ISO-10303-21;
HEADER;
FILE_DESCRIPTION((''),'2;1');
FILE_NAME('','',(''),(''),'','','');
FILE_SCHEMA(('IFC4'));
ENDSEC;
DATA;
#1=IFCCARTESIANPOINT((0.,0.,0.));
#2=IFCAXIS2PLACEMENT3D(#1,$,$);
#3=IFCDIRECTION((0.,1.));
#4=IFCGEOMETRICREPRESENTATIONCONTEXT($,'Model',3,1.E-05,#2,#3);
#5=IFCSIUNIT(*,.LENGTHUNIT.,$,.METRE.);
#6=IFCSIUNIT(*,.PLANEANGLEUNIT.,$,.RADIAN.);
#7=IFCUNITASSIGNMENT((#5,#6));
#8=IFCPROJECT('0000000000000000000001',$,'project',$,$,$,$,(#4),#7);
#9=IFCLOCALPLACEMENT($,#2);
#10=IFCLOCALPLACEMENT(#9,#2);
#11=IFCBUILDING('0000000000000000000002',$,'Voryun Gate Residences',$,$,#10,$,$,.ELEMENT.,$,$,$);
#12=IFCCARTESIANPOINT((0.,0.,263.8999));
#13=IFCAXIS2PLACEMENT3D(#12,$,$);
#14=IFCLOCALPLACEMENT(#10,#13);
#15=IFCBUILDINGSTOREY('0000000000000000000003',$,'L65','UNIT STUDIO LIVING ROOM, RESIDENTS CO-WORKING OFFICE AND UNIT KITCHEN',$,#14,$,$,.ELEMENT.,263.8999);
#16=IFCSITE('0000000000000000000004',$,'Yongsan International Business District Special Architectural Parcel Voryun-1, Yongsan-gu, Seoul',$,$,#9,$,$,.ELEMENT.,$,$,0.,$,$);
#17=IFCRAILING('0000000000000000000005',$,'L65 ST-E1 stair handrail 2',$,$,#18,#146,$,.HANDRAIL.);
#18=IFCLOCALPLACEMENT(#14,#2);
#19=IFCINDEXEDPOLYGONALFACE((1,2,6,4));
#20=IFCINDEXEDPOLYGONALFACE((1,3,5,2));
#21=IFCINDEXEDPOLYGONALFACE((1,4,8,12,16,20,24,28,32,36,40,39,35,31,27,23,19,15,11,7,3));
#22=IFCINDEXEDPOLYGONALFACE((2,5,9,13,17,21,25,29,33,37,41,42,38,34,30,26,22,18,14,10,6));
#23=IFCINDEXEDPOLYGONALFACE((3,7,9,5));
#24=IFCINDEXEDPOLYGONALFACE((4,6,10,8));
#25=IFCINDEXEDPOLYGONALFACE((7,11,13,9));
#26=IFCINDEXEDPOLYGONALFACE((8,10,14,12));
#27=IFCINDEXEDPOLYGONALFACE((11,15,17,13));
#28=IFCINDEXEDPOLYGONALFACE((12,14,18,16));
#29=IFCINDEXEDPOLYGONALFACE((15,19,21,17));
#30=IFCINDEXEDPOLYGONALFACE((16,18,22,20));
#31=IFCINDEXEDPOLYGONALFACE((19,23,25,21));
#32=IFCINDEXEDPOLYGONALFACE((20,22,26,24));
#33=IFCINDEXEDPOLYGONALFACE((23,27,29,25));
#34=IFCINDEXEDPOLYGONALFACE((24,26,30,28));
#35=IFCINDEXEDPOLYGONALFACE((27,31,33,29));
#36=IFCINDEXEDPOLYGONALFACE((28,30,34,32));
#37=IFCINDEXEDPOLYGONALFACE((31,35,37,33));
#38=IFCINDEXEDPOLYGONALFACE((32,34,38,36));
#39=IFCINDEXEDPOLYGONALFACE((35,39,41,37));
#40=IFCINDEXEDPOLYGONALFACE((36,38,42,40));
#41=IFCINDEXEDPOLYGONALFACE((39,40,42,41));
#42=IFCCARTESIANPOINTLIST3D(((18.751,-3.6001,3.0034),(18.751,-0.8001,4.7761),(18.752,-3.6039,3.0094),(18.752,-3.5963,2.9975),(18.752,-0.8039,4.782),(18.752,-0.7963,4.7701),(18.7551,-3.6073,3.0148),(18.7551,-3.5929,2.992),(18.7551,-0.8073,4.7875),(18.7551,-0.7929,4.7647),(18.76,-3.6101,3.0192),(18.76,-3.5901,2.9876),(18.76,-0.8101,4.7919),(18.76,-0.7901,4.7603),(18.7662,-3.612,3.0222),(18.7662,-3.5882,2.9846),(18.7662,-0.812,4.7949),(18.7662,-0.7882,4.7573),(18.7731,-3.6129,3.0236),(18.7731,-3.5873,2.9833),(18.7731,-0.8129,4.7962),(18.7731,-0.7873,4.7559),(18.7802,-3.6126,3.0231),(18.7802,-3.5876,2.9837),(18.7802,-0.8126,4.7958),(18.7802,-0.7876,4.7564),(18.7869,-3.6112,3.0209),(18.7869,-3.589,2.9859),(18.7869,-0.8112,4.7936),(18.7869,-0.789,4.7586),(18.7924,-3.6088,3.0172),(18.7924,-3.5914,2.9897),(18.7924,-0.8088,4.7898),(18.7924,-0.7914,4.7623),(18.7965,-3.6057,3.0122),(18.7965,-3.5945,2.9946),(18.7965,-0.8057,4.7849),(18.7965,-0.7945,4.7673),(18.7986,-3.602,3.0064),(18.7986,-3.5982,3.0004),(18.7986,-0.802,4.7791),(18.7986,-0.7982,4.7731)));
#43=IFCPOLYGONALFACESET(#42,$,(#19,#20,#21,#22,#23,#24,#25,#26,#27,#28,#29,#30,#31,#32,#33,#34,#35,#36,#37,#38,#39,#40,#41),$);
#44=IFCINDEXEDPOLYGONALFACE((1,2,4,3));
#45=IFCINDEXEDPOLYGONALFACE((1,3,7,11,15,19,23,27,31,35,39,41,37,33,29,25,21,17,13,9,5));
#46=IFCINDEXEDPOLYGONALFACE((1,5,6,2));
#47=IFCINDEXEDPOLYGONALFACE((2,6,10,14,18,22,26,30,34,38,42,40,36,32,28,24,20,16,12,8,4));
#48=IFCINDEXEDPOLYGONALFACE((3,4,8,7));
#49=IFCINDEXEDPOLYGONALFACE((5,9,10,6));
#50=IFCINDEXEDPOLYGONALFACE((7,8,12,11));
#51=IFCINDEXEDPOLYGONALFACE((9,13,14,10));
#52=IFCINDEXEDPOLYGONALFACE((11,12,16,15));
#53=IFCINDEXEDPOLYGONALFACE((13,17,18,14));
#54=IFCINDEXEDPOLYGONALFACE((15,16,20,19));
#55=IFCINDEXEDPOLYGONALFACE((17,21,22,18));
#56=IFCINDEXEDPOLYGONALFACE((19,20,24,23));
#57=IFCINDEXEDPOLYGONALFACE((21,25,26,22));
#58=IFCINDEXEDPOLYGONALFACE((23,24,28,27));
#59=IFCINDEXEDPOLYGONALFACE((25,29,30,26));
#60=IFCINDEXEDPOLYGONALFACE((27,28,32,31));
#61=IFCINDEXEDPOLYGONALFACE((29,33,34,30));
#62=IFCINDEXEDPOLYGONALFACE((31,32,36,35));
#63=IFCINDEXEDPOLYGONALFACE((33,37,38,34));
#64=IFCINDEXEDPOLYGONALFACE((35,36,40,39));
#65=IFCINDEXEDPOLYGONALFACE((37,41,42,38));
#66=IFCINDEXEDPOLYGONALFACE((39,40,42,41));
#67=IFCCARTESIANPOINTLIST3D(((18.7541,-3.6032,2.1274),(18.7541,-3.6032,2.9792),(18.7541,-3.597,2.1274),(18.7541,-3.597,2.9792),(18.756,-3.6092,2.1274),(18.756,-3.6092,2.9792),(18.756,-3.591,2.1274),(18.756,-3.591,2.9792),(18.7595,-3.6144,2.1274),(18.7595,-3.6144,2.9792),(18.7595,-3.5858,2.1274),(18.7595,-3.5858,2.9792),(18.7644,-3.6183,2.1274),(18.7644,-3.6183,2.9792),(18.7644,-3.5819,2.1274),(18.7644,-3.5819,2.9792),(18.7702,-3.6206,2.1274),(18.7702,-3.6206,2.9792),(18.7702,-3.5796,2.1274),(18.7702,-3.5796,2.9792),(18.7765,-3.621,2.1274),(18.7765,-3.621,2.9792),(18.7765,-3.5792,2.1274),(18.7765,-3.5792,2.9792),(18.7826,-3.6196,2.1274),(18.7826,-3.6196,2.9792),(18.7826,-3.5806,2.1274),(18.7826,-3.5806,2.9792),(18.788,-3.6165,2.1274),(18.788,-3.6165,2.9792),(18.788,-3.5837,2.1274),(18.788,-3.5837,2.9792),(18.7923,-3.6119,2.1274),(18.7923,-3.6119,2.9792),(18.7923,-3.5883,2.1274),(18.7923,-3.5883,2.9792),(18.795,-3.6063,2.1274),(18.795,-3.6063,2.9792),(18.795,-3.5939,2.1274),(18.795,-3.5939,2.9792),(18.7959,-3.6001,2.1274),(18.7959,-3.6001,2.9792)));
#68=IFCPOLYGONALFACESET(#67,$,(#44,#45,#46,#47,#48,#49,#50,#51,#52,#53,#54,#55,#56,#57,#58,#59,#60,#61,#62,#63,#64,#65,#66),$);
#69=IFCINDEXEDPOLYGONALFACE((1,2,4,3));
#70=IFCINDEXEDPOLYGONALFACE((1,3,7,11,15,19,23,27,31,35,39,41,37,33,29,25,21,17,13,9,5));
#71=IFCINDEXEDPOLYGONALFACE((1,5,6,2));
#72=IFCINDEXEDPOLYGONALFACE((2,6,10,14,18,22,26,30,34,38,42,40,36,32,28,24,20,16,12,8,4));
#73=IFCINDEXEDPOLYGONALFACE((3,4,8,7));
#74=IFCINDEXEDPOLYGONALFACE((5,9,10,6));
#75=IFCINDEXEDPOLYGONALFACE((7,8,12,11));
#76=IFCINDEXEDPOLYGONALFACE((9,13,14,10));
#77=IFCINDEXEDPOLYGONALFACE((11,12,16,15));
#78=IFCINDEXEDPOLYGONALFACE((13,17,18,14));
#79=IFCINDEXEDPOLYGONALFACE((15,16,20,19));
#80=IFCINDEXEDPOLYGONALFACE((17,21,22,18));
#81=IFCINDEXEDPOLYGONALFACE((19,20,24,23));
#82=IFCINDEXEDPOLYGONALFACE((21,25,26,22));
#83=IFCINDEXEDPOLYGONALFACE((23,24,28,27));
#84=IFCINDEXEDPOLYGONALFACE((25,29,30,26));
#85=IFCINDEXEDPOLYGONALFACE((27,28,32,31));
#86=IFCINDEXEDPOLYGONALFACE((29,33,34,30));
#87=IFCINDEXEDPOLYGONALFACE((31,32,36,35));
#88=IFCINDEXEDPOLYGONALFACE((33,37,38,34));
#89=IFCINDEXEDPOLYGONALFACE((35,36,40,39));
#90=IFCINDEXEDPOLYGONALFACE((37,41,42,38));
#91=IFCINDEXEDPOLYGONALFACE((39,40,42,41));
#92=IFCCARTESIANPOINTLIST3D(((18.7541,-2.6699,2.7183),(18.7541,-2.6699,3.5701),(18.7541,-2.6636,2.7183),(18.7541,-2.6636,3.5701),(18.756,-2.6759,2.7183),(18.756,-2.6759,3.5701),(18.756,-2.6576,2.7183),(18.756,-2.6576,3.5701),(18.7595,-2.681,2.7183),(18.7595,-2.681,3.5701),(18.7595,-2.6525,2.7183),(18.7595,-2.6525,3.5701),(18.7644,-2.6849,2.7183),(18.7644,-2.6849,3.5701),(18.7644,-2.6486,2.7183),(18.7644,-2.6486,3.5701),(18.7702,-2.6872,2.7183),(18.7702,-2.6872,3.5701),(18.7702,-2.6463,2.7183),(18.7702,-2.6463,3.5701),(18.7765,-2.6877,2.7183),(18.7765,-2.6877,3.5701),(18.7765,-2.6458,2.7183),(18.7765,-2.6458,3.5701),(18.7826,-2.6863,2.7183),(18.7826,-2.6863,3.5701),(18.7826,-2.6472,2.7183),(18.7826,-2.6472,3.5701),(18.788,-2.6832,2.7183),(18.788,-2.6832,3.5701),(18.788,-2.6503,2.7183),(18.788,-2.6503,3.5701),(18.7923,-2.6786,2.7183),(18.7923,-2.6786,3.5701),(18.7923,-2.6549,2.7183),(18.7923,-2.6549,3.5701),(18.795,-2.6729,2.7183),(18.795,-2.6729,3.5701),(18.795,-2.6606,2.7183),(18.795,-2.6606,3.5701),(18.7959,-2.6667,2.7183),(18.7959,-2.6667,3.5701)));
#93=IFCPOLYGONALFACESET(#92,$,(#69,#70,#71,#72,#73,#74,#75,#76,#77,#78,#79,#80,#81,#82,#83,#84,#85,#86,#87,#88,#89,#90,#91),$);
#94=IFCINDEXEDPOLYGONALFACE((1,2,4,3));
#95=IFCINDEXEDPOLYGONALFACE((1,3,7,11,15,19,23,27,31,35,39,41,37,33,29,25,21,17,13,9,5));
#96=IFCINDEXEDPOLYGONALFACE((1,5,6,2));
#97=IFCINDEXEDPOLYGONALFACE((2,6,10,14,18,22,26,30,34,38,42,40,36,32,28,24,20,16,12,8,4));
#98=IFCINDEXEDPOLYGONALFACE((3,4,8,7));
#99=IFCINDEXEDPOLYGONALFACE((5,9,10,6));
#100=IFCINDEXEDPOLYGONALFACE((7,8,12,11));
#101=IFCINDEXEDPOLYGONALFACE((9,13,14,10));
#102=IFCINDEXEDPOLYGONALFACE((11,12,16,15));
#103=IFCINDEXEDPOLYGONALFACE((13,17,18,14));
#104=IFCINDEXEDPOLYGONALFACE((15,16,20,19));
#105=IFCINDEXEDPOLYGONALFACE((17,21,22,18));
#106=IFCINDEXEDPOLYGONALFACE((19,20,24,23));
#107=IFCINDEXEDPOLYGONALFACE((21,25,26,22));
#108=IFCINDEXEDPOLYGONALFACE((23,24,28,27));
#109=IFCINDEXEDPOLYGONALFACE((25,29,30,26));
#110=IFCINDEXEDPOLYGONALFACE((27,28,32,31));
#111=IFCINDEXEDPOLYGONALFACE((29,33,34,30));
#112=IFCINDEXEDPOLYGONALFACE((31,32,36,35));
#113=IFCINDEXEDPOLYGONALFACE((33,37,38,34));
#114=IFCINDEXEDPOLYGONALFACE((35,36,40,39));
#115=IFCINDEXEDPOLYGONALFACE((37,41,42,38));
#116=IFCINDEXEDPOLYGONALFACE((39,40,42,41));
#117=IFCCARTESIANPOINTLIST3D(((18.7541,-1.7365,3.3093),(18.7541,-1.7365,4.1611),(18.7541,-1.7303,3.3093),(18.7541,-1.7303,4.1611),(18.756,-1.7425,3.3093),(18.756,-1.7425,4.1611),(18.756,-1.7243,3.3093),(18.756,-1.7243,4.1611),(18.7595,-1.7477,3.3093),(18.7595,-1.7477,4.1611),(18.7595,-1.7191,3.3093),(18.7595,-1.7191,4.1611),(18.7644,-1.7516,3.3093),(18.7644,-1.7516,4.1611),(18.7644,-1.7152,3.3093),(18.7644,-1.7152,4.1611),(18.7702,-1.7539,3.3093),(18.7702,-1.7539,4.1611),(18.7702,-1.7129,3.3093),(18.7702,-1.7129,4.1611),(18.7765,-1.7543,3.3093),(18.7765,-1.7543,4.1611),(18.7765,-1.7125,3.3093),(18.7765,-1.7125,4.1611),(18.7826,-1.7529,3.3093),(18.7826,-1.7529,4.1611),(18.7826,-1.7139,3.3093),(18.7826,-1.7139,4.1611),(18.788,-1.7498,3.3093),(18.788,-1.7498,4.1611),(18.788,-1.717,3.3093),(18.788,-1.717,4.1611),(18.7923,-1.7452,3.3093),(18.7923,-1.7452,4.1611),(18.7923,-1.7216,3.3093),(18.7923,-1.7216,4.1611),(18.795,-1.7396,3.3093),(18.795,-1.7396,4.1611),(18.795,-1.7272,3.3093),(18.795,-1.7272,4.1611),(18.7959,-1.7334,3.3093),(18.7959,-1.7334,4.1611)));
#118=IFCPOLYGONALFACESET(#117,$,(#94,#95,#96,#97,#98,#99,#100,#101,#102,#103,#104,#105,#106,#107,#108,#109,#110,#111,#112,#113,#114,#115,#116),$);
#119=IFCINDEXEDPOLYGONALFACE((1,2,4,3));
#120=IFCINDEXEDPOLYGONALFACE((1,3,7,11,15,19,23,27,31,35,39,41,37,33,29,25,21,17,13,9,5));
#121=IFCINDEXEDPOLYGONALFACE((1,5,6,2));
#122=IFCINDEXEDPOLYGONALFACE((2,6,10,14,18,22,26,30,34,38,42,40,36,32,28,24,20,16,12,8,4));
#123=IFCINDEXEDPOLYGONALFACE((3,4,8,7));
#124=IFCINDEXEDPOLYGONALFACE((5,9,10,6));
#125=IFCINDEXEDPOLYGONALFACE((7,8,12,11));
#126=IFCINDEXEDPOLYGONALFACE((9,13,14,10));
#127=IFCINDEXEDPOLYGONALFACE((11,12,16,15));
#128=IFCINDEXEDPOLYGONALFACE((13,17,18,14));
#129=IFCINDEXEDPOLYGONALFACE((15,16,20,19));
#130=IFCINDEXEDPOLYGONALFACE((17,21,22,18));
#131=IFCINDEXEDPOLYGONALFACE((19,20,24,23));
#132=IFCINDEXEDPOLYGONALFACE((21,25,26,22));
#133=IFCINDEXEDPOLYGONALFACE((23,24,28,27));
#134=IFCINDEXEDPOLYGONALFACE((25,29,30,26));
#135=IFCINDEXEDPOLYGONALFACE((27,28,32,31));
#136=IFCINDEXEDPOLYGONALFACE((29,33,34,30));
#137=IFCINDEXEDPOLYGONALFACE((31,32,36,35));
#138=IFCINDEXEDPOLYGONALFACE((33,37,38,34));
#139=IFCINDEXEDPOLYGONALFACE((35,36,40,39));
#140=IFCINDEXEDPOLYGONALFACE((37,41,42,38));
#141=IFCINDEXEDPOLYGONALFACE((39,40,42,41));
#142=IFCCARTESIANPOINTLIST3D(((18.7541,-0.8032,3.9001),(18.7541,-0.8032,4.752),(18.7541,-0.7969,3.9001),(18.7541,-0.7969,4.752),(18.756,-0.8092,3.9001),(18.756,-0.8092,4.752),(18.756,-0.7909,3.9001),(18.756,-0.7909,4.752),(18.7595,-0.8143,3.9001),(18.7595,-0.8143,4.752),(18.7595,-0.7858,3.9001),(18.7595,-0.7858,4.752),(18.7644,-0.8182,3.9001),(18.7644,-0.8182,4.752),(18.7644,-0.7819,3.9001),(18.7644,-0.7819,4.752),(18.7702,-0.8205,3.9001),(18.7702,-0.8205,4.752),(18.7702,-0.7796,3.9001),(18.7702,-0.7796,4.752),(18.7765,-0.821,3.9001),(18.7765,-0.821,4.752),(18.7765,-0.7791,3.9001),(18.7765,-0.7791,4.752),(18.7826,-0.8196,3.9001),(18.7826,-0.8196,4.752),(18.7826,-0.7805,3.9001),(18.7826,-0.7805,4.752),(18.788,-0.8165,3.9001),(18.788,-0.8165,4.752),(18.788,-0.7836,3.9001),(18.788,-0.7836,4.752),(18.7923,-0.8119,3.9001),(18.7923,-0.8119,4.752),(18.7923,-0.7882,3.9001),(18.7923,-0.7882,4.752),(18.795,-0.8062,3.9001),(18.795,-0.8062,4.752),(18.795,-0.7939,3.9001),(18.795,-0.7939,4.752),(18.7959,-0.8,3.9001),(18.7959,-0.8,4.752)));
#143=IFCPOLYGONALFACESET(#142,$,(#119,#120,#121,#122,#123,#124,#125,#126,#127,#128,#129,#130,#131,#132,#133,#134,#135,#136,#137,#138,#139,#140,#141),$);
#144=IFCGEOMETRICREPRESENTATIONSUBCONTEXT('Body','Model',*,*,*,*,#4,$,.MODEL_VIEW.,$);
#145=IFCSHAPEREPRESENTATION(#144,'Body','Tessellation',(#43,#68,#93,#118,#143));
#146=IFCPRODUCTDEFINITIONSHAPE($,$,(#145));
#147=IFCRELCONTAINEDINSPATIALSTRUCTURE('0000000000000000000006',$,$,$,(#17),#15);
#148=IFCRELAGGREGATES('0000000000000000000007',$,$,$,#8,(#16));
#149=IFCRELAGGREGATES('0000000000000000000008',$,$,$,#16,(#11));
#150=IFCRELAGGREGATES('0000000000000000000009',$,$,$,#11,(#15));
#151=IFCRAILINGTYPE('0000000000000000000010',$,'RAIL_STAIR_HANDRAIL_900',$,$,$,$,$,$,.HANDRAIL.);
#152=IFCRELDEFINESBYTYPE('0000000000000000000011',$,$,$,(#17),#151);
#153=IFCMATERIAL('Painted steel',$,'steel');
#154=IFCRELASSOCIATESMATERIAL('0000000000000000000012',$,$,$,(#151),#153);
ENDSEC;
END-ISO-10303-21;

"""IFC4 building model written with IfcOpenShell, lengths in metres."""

from ifc_helpers import new_model, si_unit, direction, frame, origin, origin_2d, place, context, subcontext, project, spatial, circle, extrude, material, type_object, element, save


model = new_model("IFC4")

# Units and contexts
model_context = context("Model", 3, precision=1e-05, world=origin(), true_north=direction((0.0, 1.0)))
body_context = subcontext(model_context, "Body", "Model", "MODEL_VIEW")
ifc_project = project(units=[si_unit("LENGTHUNIT", "METRE"), si_unit("PLANEANGLEUNIT", "RADIAN")], contexts=[model_context])

# Site, building, storey
site_placement = place(None, origin())
site = spatial("IfcSite", under=ifc_project, at=site_placement, Name="Yongsan International Business District Special Architectural Parcel Voryun-1, Yongsan-gu, Seoul", CompositionType="ELEMENT", RefElevation=0.0)
building_placement = place(site_placement, origin())
building = spatial("IfcBuilding", under=site, at=building_placement, Name="Voryun Gate Residences", CompositionType="ELEMENT")
storey_placement = place(building_placement, frame((0.0, 0.0, 263.8999)))
storey = spatial("IfcBuildingStorey", under=building, at=storey_placement, Name="L65", Description="UNIT STUDIO LIVING ROOM, RESIDENTS CO-WORKING OFFICE AND UNIT KITCHEN", CompositionType="ELEMENT", Elevation=263.8999)

# Railing
ifc_material_1 = material(Name="Painted steel", Category="steel")
railing_type_1 = type_object("IfcRailingType", Name="RAIL_STAIR_HANDRAIL_900", PredefinedType="HANDRAIL", material=ifc_material_1)
railing_1_placement = place(storey_placement, frame((18.7749, -3.6001, 2.1274)))
element("IfcRailing", 1, at=railing_1_placement, inside=storey, type_object=railing_type_1, Name="L65 ST-E1 stair handrail 2", PredefinedType="HANDRAIL", context=body_context, shape_type="SweptSolid", body=[
    extrude(circle(Radius=0.0239, at=origin_2d()), frame((0.0, 0.0, 0.876), z_axis=(0.0, 0.844909, 0.53491), x_axis=(-1.0, 0.0, 0.0)), (0.0, 0.0, 1.0), 3.314),
    extrude(circle(Radius=0.021, at=origin_2d()), origin(), (0.0, 0.0, 1.0), 0.8518),
    extrude(circle(Radius=0.021, at=origin_2d()), frame((0.0, 0.9333, 0.5908)), (0.0, 0.0, 1.0), 0.8518),
    extrude(circle(Radius=0.021, at=origin_2d()), frame((0.0, 1.8667, 1.1819)), (0.0, 0.0, 1.0), 0.8518),
    extrude(circle(Radius=0.021, at=origin_2d()), frame((0.0, 2.8, 1.7727)), (0.0, 0.0, 1.0), 0.8518),
])

save(model, "model.ifc")
